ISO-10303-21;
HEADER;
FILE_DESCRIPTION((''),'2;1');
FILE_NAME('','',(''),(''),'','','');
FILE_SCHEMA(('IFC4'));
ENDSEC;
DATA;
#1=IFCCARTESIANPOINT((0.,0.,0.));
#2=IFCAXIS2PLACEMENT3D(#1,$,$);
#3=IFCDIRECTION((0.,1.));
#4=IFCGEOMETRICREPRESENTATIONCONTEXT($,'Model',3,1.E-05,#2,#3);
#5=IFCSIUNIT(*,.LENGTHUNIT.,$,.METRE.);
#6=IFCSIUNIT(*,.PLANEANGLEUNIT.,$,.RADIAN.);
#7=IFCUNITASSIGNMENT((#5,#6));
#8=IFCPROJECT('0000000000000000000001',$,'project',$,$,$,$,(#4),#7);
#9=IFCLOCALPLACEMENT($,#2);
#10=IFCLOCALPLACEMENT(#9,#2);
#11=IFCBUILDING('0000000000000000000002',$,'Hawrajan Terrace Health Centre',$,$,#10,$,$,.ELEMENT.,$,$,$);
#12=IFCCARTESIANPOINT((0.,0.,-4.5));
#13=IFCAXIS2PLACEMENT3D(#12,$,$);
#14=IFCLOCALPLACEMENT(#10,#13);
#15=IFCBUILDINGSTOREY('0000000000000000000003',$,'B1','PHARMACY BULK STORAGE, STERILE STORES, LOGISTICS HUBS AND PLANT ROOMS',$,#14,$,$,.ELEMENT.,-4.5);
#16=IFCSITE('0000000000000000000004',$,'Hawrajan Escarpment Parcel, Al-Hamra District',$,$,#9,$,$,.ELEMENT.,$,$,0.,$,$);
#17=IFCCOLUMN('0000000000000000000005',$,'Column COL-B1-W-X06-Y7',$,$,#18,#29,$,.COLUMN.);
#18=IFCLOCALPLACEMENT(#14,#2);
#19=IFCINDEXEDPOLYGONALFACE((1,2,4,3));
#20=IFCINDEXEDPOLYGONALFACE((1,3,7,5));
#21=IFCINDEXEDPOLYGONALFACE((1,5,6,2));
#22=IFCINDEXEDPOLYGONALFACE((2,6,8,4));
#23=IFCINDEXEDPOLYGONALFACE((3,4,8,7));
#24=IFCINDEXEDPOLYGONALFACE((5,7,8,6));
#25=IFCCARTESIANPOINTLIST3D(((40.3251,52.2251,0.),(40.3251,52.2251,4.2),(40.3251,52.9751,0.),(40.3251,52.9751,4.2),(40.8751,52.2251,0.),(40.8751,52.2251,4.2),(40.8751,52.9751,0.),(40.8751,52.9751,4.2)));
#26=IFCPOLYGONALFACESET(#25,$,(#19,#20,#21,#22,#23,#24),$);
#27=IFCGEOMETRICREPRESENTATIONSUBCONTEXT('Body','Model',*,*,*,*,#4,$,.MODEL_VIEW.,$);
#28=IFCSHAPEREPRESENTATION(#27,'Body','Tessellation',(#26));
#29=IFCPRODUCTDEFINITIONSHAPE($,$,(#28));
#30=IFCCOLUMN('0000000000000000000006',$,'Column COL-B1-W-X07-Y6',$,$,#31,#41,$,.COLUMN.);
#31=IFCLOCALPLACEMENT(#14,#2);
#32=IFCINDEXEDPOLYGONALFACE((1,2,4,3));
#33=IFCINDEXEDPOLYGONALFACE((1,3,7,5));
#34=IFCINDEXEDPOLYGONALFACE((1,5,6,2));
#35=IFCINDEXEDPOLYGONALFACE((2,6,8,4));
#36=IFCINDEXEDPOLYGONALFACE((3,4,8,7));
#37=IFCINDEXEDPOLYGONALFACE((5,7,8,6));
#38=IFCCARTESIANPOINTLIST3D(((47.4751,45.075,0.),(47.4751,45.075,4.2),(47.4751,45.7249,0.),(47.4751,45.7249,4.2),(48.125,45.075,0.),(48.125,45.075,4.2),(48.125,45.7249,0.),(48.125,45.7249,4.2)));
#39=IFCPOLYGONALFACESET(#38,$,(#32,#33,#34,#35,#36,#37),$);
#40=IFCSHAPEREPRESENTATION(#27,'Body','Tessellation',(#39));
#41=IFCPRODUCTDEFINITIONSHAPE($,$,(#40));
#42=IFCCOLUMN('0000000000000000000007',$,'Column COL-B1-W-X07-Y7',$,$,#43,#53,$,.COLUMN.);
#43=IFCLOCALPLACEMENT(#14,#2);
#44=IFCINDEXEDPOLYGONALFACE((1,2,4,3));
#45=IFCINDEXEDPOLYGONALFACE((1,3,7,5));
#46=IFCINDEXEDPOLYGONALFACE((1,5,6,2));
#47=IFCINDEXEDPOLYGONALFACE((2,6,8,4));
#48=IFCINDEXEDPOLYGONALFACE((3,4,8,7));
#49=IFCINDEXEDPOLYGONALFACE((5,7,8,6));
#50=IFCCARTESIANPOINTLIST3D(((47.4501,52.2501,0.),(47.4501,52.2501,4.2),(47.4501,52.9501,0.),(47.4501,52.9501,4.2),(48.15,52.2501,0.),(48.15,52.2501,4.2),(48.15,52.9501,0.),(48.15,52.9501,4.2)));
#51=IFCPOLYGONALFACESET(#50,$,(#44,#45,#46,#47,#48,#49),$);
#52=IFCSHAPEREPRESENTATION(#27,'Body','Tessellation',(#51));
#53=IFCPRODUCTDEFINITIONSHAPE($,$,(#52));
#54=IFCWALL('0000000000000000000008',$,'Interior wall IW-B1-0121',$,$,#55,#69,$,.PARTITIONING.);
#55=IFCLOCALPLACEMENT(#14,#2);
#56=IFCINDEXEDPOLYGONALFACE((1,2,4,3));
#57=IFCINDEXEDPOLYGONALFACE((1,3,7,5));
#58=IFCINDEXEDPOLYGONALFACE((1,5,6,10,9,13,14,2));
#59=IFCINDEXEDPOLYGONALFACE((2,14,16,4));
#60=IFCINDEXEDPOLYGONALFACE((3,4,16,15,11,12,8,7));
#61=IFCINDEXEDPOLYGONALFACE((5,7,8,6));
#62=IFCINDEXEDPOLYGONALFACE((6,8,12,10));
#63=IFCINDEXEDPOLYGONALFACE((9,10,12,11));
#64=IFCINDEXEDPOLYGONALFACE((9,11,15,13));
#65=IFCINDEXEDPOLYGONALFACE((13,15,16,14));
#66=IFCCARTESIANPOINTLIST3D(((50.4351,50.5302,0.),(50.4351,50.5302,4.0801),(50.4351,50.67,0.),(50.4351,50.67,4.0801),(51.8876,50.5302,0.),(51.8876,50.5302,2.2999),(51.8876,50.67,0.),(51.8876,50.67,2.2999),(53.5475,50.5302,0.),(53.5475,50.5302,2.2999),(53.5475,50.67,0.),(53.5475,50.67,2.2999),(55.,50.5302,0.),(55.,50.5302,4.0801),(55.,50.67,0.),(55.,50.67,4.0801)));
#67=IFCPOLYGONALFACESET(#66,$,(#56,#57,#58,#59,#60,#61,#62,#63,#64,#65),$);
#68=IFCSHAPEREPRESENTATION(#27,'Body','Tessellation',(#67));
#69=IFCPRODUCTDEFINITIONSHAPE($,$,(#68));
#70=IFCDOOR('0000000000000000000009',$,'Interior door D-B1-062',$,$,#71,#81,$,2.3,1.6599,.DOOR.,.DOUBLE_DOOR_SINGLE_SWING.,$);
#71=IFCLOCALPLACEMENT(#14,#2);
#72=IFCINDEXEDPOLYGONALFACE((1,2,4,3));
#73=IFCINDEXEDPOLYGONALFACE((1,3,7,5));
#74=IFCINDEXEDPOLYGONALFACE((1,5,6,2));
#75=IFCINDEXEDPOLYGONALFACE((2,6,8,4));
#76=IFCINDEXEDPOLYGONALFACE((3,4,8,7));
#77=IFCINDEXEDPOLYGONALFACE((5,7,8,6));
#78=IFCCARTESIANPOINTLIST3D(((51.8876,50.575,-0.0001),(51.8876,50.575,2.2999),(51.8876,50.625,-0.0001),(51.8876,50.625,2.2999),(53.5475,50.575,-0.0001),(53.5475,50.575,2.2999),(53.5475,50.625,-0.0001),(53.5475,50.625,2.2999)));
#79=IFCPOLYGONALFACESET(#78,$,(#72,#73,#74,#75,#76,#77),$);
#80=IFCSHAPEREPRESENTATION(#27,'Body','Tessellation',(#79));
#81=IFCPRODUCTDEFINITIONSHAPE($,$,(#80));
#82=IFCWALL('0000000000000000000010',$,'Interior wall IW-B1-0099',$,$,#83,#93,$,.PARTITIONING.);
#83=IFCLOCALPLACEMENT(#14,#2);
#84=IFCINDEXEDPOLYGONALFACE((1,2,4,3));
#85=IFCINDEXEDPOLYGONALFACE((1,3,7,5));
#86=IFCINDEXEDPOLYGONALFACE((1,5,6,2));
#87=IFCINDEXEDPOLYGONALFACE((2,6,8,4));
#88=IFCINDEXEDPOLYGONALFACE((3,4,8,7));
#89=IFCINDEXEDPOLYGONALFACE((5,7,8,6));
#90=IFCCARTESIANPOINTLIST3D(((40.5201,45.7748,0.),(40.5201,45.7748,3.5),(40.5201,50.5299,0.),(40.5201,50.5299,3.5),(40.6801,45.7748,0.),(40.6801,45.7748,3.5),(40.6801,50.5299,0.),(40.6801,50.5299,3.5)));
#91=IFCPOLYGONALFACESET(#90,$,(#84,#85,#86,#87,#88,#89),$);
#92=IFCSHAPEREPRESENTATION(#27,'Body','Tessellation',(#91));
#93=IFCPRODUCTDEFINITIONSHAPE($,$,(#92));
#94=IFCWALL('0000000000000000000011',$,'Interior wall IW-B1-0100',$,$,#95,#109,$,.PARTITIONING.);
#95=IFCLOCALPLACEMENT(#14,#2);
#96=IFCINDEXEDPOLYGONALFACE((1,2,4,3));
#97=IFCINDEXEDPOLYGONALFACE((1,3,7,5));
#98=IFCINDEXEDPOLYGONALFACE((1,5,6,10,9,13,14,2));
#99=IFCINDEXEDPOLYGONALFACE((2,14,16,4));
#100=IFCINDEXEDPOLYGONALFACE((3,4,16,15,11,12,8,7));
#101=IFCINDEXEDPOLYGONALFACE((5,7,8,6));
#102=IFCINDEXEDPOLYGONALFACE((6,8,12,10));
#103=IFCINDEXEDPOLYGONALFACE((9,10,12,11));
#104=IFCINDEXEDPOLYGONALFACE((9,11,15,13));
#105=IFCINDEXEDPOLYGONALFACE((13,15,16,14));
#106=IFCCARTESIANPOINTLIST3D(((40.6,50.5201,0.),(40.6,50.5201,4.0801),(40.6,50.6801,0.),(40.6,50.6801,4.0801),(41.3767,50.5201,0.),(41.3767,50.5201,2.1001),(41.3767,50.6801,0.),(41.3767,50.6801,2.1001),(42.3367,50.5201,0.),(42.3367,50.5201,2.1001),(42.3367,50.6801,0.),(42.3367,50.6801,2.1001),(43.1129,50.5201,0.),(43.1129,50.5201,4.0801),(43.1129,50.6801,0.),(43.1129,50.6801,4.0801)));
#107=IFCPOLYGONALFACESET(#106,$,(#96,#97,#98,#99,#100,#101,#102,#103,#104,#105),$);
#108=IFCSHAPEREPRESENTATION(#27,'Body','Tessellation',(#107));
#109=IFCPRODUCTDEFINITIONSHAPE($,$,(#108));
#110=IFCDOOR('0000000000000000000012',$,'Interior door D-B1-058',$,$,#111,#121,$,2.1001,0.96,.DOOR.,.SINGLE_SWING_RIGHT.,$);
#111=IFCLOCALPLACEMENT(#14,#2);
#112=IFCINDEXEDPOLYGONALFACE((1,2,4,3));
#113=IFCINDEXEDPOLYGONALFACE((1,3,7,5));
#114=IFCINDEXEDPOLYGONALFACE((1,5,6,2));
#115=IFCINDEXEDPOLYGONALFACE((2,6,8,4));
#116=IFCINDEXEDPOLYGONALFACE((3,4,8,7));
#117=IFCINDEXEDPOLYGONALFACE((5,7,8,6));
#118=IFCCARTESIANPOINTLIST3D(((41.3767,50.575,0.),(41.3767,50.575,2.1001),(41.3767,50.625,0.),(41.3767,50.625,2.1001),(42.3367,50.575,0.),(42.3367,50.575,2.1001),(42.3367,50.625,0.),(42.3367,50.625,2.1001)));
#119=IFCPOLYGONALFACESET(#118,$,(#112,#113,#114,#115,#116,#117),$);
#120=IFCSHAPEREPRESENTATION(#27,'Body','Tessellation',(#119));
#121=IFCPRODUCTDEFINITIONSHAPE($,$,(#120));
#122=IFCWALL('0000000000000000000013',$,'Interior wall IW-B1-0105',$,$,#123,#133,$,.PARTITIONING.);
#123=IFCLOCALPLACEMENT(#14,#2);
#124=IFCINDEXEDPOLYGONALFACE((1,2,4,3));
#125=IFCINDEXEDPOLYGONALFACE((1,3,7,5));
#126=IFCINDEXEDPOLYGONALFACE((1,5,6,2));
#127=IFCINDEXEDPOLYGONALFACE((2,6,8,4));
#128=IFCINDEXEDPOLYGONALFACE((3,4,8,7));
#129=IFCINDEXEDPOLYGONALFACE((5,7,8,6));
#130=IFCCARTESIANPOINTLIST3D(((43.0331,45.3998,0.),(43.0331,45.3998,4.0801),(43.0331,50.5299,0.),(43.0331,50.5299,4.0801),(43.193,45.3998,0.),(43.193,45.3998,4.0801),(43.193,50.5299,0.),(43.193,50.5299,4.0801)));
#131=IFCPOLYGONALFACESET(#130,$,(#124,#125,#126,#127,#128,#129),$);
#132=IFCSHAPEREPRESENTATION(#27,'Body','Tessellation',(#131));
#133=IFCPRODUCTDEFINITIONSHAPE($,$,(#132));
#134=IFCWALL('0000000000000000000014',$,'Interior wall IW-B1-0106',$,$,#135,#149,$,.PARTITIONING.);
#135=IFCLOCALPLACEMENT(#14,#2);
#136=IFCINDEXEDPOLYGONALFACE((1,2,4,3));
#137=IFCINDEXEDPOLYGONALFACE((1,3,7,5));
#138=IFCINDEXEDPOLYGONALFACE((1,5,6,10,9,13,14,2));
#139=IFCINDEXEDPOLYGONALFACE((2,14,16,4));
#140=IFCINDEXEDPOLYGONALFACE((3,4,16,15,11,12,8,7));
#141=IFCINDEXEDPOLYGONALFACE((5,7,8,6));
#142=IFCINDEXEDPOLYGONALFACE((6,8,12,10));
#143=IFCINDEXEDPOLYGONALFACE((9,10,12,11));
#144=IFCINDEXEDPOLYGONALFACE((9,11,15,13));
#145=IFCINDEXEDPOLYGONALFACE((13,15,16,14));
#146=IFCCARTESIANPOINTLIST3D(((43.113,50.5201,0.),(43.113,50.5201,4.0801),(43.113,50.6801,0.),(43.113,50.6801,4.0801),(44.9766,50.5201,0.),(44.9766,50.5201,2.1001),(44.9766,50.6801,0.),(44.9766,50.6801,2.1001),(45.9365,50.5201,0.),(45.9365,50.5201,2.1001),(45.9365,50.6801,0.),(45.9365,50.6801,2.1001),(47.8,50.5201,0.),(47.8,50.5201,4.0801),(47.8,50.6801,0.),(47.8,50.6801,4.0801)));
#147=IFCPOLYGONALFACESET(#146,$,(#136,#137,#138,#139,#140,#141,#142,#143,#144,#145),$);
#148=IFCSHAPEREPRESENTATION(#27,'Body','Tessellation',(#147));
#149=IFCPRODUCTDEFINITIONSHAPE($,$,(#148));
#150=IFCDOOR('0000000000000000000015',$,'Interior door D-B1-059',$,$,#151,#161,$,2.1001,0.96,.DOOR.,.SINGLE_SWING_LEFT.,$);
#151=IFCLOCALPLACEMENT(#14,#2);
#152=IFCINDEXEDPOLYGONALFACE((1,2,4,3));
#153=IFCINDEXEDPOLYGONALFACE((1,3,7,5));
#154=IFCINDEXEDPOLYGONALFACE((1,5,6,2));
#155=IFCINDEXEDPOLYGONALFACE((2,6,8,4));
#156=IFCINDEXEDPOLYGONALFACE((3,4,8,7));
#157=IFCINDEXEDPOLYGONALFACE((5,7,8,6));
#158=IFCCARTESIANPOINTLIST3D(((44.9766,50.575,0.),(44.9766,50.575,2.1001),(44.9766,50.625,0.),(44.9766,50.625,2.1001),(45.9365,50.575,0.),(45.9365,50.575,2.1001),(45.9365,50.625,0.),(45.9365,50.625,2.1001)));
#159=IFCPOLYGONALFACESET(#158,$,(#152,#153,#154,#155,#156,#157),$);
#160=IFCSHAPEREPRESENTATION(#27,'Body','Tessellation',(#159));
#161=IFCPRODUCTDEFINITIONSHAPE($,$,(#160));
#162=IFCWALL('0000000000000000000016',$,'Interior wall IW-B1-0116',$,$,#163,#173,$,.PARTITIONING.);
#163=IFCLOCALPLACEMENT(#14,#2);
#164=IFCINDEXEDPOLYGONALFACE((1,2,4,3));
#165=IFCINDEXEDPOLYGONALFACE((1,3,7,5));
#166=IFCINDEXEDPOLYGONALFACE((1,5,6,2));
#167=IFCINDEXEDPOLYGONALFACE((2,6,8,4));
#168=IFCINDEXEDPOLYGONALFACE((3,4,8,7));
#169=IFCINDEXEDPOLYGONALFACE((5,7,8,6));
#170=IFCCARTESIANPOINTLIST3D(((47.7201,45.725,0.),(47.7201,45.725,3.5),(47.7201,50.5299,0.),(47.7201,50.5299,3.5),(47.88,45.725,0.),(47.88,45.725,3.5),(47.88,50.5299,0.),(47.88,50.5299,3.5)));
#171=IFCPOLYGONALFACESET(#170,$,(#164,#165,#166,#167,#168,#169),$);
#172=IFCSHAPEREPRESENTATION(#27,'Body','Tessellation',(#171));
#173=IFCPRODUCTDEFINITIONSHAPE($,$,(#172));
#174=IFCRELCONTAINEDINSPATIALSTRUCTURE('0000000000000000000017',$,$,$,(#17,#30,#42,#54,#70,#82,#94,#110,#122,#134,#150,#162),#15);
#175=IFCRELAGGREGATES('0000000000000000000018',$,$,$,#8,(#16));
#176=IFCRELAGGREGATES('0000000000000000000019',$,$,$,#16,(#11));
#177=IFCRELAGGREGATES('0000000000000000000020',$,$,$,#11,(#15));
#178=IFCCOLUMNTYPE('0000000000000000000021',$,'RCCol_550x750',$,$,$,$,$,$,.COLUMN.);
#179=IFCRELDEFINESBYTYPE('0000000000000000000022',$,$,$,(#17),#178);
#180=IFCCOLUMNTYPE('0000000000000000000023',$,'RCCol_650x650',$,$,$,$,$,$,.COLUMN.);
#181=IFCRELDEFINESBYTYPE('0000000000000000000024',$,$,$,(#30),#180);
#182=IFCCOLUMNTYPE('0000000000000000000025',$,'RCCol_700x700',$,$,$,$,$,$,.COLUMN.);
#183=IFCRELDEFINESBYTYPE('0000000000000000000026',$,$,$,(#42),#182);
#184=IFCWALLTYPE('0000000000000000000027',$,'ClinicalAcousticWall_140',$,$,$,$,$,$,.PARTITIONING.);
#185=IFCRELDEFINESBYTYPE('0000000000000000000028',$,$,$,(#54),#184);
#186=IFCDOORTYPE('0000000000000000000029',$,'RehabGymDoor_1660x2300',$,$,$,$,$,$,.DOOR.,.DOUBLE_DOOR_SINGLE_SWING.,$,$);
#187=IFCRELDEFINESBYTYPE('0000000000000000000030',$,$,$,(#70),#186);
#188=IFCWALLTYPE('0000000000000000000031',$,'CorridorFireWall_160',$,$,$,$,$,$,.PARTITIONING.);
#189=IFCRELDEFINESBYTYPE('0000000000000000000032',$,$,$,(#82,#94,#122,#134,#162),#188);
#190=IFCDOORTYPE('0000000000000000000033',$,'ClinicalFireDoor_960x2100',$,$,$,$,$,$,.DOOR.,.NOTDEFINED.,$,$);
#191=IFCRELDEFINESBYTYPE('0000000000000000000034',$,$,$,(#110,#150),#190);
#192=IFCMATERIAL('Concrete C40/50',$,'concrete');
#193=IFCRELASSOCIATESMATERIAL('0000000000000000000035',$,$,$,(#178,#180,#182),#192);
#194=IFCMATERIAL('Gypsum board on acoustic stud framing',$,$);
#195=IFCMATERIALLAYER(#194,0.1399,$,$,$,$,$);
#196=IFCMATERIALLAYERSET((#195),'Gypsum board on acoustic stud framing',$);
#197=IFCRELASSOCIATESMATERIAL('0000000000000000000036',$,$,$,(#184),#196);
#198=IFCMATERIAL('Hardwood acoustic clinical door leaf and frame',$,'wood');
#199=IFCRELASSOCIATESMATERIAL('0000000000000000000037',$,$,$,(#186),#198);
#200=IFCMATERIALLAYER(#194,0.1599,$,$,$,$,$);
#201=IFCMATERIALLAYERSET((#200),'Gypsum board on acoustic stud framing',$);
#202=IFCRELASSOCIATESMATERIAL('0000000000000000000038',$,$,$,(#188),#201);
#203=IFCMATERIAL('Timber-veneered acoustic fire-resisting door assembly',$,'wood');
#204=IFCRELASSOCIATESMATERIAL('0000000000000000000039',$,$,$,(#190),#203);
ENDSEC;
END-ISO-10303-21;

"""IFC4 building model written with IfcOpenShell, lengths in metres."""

from ifc_helpers import new_model, si_unit, direction, frame, frame_2d, origin, origin_2d, place, context, subcontext, project, spatial, rectangle, extrude, material, layer, layer_set, material_profile, profile_set, type_object, element, fill, save


model = new_model("IFC4")

# Units and contexts
model_context = context("Model", 3, precision=1e-05, world=origin(), true_north=direction((0.0, 1.0)))
body_context = subcontext(model_context, "Body", "Model", "MODEL_VIEW")
ifc_project = project(units=[si_unit("LENGTHUNIT", "METRE"), si_unit("PLANEANGLEUNIT", "RADIAN")], contexts=[model_context])

# Site, building, storey
site_placement = place(None, origin())
site = spatial("IfcSite", under=ifc_project, at=site_placement, Name="Hawrajan Escarpment Parcel, Al-Hamra District", CompositionType="ELEMENT", RefElevation=0.0)
building_placement = place(site_placement, origin())
building = spatial("IfcBuilding", under=site, at=building_placement, Name="Hawrajan Terrace Health Centre", CompositionType="ELEMENT")
storey_placement = place(building_placement, frame((0.0, 0.0, -4.5)))
storey = spatial("IfcBuildingStorey", under=building, at=storey_placement, Name="B1", Description="PHARMACY BULK STORAGE, STERILE STORES, LOGISTICS HUBS AND PLANT ROOMS", CompositionType="ELEMENT", Elevation=-4.5)

# Shared definitions
ifc_material_1 = material(Name="Concrete C40/50", Category="concrete")

# Columns
ifc_material_profile_1 = material_profile(ifc_material_1, rectangle(XDim=0.55, YDim=0.75, at=origin_2d()), Name="RC 550x750")
ifc_profile_set_1 = profile_set([ifc_material_profile_1], Name="Concrete C40/50")
column_type_1 = type_object("IfcColumnType", Name="RCCol_550x750", PredefinedType="COLUMN", material=ifc_profile_set_1)
column_1_placement = place(storey_placement, frame((40.6001, 52.6001, 0.0), z_axis=(0.0, 0.0, 1.0), x_axis=(1.0, 0.0, 0.0)))
element("IfcColumn", 1, at=column_1_placement, inside=storey, type_object=column_type_1, Name="Column COL-B1-W-X06-Y7", PredefinedType="COLUMN", context=body_context, shape_type="SweptSolid", body=[
    extrude(rectangle(XDim=0.55, YDim=0.75, at=origin_2d()), origin(), (0.0, 0.0, 1.0), 4.2),
])
ifc_material_profile_2 = material_profile(ifc_material_1, rectangle(XDim=0.6499, YDim=0.6499, at=origin_2d()), Name="RC 650x650")
ifc_profile_set_2 = profile_set([ifc_material_profile_2], Name="Concrete C40/50")
column_type_2 = type_object("IfcColumnType", Name="RCCol_650x650", PredefinedType="COLUMN", material=ifc_profile_set_2)
column_2_placement = place(storey_placement, frame((47.8, 45.3999, 0.0), z_axis=(0.0, 0.0, 1.0), x_axis=(1.0, 0.0, 0.0)))
element("IfcColumn", 2, at=column_2_placement, inside=storey, type_object=column_type_2, Name="Column COL-B1-W-X07-Y6", PredefinedType="COLUMN", context=body_context, shape_type="SweptSolid", body=[
    extrude(rectangle(XDim=0.6499, YDim=0.6499, at=origin_2d()), origin(), (0.0, 0.0, 1.0), 4.2),
])
ifc_material_profile_3 = material_profile(ifc_material_1, rectangle(XDim=0.7, YDim=0.7, at=origin_2d()), Name="RC 700x700")
ifc_profile_set_3 = profile_set([ifc_material_profile_3], Name="Concrete C40/50")
column_type_3 = type_object("IfcColumnType", Name="RCCol_700x700", PredefinedType="COLUMN", material=ifc_profile_set_3)
column_3_placement = place(storey_placement, frame((47.8, 52.6001, 0.0), z_axis=(0.0, 0.0, 1.0), x_axis=(1.0, 0.0, 0.0)))
element("IfcColumn", 3, at=column_3_placement, inside=storey, type_object=column_type_3, Name="Column COL-B1-W-X07-Y7", PredefinedType="COLUMN", context=body_context, shape_type="SweptSolid", body=[
    extrude(rectangle(XDim=0.7, YDim=0.7, at=origin_2d()), origin(), (0.0, 0.0, 1.0), 4.2),
])

# Wall, opening, door
ifc_material_2 = material(Name="Gypsum board on acoustic stud framing")
ifc_layer_1 = layer(ifc_material_2, 0.1399)
ifc_layer_set_1 = layer_set([ifc_layer_1], Name="Gypsum board on acoustic stud framing")
wall_type_1 = type_object("IfcWallType", Name="ClinicalAcousticWall_140", PredefinedType="PARTITIONING", material=ifc_layer_set_1)
wall_1_placement = place(storey_placement, frame((50.4351, 50.6001, 0.0), z_axis=(0.0, 0.0, 1.0), x_axis=(1.0, 0.0, 0.0)))
wall_1 = element("IfcWall", 4, at=wall_1_placement, inside=storey, type_object=wall_type_1, Name="Interior wall IW-B1-0121", PredefinedType="PARTITIONING", context=body_context, shape_type="SweptSolid", body=[
    extrude(rectangle(XDim=4.5649, YDim=0.1399, at=frame_2d((2.2825, 0.0))), origin(), (0.0, 0.0, 1.0), 4.0801),
])
opening_1_placement = place(wall_1_placement, frame((1.4524, 0.0, 0.0)))
opening_1 = element("IfcOpeningElement", 5, at=opening_1_placement, cuts=wall_1, PredefinedType="OPENING", context=body_context, shape_type="SweptSolid", body=[
    extrude(rectangle(XDim=1.6599, YDim=2.3, at=frame_2d((0.8301, 1.1499))), frame((0.0, 0.0798, 0.0), z_axis=(0.0, -1.0, 0.0), x_axis=(1.0, 0.0, 0.0)), (0.0, 0.0, 1.0), 0.1599),
])
ifc_material_3 = material(Name="Hardwood acoustic clinical door leaf and frame", Category="wood")
door_type_1 = type_object("IfcDoorType", Name="RehabGymDoor_1660x2300", OperationType="DOUBLE_DOOR_SINGLE_SWING", PredefinedType="DOOR", material=ifc_material_3)
door_1_placement = place(opening_1_placement, origin())
door_1 = element("IfcDoor", 6, at=door_1_placement, inside=storey, type_object=door_type_1, Name="Interior door D-B1-062", OperationType="DOUBLE_DOOR_SINGLE_SWING", OverallHeight=2.3, OverallWidth=1.6599, PredefinedType="DOOR", context=body_context, shape_type="SweptSolid", body=[
    extrude(rectangle(XDim=1.6599, YDim=2.3, at=frame_2d((0.8301, 1.1499))), frame((0.0, 0.0249, 0.0), z_axis=(0.0, -1.0, 0.0), x_axis=(1.0, 0.0, 0.0)), (0.0, 0.0, 1.0), 0.05),
])
fill(opening_1, door_1)

# Wall
ifc_layer_2 = layer(ifc_material_2, 0.1599)
ifc_layer_set_2 = layer_set([ifc_layer_2], Name="Gypsum board on acoustic stud framing")
wall_type_2 = type_object("IfcWallType", Name="CorridorFireWall_160", PredefinedType="PARTITIONING", material=ifc_layer_set_2)
wall_2_placement = place(storey_placement, frame((40.6001, 45.7749, 0.0), z_axis=(0.0, 0.0, 1.0), x_axis=(0.0, 1.0, 0.0)))
element("IfcWall", 7, at=wall_2_placement, inside=storey, type_object=wall_type_2, Name="Interior wall IW-B1-0099", PredefinedType="PARTITIONING", context=body_context, shape_type="SweptSolid", body=[
    extrude(rectangle(XDim=4.7551, YDim=0.1599, at=frame_2d((2.3774, 0.0))), origin(), (0.0, 0.0, 1.0), 3.5),
])

# Wall, opening, door
wall_3_placement = place(storey_placement, frame((40.6001, 50.6001, 0.0), z_axis=(0.0, 0.0, 1.0), x_axis=(1.0, 0.0, 0.0)))
wall_3 = element("IfcWall", 8, at=wall_3_placement, inside=storey, type_object=wall_type_2, Name="Interior wall IW-B1-0100", PredefinedType="PARTITIONING", context=body_context, shape_type="SweptSolid", body=[
    extrude(rectangle(XDim=2.5129, YDim=0.1599, at=frame_2d((1.2563, 0.0))), origin(), (0.0, 0.0, 1.0), 4.0801),
])
opening_2_placement = place(wall_3_placement, frame((0.7766, 0.0, 0.0)))
opening_2 = element("IfcOpeningElement", 9, at=opening_2_placement, cuts=wall_3, PredefinedType="OPENING", context=body_context, shape_type="SweptSolid", body=[
    extrude(rectangle(XDim=0.96, YDim=2.1001, at=frame_2d((0.48, 1.05))), frame((0.0, 0.0898, 0.0), z_axis=(0.0, -1.0, 0.0), x_axis=(1.0, 0.0, 0.0)), (0.0, 0.0, 1.0), 0.1799),
])
ifc_material_4 = material(Name="Timber-veneered acoustic fire-resisting door assembly", Category="wood")
door_type_2 = type_object("IfcDoorType", Name="ClinicalFireDoor_960x2100", OperationType="NOTDEFINED", PredefinedType="DOOR", material=ifc_material_4)
door_2_placement = place(opening_2_placement, origin())
door_2 = element("IfcDoor", 10, at=door_2_placement, inside=storey, type_object=door_type_2, Name="Interior door D-B1-058", OperationType="SINGLE_SWING_RIGHT", OverallHeight=2.1001, OverallWidth=0.96, PredefinedType="DOOR", context=body_context, shape_type="SweptSolid", body=[
    extrude(rectangle(XDim=0.96, YDim=2.1001, at=frame_2d((0.48, 1.05))), frame((0.0, 0.0249, 0.0), z_axis=(0.0, -1.0, 0.0), x_axis=(1.0, 0.0, 0.0)), (0.0, 0.0, 1.0), 0.05),
])
fill(opening_2, door_2)

# Wall
wall_4_placement = place(storey_placement, frame((43.113, 45.3999, 0.0), z_axis=(0.0, 0.0, 1.0), x_axis=(0.0, 1.0, 0.0)))
element("IfcWall", 11, at=wall_4_placement, inside=storey, type_object=wall_type_2, Name="Interior wall IW-B1-0105", PredefinedType="PARTITIONING", context=body_context, shape_type="SweptSolid", body=[
    extrude(rectangle(XDim=5.1301, YDim=0.1599, at=frame_2d((2.5649, 0.0))), origin(), (0.0, 0.0, 1.0), 4.0801),
])

# Wall, opening, door
wall_5_placement = place(storey_placement, frame((43.113, 50.6001, 0.0), z_axis=(0.0, 0.0, 1.0), x_axis=(1.0, 0.0, 0.0)))
wall_5 = element("IfcWall", 12, at=wall_5_placement, inside=storey, type_object=wall_type_2, Name="Interior wall IW-B1-0106", PredefinedType="PARTITIONING", context=body_context, shape_type="SweptSolid", body=[
    extrude(rectangle(XDim=4.687, YDim=0.1599, at=frame_2d((2.3435, 0.0))), origin(), (0.0, 0.0, 1.0), 4.0801),
])
opening_3_placement = place(wall_5_placement, frame((1.8635, 0.0, 0.0)))
opening_3 = element("IfcOpeningElement", 13, at=opening_3_placement, cuts=wall_5, PredefinedType="OPENING", context=body_context, shape_type="SweptSolid", body=[
    extrude(rectangle(XDim=0.96, YDim=2.1001, at=frame_2d((0.48, 1.05))), frame((0.0, 0.0898, 0.0), z_axis=(0.0, -1.0, 0.0), x_axis=(1.0, 0.0, 0.0)), (0.0, 0.0, 1.0), 0.1799),
])
door_3_placement = place(opening_3_placement, origin())
door_3 = element("IfcDoor", 14, at=door_3_placement, inside=storey, type_object=door_type_2, Name="Interior door D-B1-059", OperationType="SINGLE_SWING_LEFT", OverallHeight=2.1001, OverallWidth=0.96, PredefinedType="DOOR", context=body_context, shape_type="SweptSolid", body=[
    extrude(rectangle(XDim=0.96, YDim=2.1001, at=frame_2d((0.48, 1.05))), frame((0.0, 0.0249, 0.0), z_axis=(0.0, -1.0, 0.0), x_axis=(1.0, 0.0, 0.0)), (0.0, 0.0, 1.0), 0.05),
])
fill(opening_3, door_3)

# Wall
wall_6_placement = place(storey_placement, frame((47.8, 45.7251, 0.0), z_axis=(0.0, 0.0, 1.0), x_axis=(0.0, 1.0, 0.0)))
element("IfcWall", 15, at=wall_6_placement, inside=storey, type_object=wall_type_2, Name="Interior wall IW-B1-0116", PredefinedType="PARTITIONING", context=body_context, shape_type="SweptSolid", body=[
    extrude(rectangle(XDim=4.8049, YDim=0.1599, at=frame_2d((2.4023, 0.0))), origin(), (0.0, 0.0, 1.0), 3.5),
])

save(model, "model.ifc")
